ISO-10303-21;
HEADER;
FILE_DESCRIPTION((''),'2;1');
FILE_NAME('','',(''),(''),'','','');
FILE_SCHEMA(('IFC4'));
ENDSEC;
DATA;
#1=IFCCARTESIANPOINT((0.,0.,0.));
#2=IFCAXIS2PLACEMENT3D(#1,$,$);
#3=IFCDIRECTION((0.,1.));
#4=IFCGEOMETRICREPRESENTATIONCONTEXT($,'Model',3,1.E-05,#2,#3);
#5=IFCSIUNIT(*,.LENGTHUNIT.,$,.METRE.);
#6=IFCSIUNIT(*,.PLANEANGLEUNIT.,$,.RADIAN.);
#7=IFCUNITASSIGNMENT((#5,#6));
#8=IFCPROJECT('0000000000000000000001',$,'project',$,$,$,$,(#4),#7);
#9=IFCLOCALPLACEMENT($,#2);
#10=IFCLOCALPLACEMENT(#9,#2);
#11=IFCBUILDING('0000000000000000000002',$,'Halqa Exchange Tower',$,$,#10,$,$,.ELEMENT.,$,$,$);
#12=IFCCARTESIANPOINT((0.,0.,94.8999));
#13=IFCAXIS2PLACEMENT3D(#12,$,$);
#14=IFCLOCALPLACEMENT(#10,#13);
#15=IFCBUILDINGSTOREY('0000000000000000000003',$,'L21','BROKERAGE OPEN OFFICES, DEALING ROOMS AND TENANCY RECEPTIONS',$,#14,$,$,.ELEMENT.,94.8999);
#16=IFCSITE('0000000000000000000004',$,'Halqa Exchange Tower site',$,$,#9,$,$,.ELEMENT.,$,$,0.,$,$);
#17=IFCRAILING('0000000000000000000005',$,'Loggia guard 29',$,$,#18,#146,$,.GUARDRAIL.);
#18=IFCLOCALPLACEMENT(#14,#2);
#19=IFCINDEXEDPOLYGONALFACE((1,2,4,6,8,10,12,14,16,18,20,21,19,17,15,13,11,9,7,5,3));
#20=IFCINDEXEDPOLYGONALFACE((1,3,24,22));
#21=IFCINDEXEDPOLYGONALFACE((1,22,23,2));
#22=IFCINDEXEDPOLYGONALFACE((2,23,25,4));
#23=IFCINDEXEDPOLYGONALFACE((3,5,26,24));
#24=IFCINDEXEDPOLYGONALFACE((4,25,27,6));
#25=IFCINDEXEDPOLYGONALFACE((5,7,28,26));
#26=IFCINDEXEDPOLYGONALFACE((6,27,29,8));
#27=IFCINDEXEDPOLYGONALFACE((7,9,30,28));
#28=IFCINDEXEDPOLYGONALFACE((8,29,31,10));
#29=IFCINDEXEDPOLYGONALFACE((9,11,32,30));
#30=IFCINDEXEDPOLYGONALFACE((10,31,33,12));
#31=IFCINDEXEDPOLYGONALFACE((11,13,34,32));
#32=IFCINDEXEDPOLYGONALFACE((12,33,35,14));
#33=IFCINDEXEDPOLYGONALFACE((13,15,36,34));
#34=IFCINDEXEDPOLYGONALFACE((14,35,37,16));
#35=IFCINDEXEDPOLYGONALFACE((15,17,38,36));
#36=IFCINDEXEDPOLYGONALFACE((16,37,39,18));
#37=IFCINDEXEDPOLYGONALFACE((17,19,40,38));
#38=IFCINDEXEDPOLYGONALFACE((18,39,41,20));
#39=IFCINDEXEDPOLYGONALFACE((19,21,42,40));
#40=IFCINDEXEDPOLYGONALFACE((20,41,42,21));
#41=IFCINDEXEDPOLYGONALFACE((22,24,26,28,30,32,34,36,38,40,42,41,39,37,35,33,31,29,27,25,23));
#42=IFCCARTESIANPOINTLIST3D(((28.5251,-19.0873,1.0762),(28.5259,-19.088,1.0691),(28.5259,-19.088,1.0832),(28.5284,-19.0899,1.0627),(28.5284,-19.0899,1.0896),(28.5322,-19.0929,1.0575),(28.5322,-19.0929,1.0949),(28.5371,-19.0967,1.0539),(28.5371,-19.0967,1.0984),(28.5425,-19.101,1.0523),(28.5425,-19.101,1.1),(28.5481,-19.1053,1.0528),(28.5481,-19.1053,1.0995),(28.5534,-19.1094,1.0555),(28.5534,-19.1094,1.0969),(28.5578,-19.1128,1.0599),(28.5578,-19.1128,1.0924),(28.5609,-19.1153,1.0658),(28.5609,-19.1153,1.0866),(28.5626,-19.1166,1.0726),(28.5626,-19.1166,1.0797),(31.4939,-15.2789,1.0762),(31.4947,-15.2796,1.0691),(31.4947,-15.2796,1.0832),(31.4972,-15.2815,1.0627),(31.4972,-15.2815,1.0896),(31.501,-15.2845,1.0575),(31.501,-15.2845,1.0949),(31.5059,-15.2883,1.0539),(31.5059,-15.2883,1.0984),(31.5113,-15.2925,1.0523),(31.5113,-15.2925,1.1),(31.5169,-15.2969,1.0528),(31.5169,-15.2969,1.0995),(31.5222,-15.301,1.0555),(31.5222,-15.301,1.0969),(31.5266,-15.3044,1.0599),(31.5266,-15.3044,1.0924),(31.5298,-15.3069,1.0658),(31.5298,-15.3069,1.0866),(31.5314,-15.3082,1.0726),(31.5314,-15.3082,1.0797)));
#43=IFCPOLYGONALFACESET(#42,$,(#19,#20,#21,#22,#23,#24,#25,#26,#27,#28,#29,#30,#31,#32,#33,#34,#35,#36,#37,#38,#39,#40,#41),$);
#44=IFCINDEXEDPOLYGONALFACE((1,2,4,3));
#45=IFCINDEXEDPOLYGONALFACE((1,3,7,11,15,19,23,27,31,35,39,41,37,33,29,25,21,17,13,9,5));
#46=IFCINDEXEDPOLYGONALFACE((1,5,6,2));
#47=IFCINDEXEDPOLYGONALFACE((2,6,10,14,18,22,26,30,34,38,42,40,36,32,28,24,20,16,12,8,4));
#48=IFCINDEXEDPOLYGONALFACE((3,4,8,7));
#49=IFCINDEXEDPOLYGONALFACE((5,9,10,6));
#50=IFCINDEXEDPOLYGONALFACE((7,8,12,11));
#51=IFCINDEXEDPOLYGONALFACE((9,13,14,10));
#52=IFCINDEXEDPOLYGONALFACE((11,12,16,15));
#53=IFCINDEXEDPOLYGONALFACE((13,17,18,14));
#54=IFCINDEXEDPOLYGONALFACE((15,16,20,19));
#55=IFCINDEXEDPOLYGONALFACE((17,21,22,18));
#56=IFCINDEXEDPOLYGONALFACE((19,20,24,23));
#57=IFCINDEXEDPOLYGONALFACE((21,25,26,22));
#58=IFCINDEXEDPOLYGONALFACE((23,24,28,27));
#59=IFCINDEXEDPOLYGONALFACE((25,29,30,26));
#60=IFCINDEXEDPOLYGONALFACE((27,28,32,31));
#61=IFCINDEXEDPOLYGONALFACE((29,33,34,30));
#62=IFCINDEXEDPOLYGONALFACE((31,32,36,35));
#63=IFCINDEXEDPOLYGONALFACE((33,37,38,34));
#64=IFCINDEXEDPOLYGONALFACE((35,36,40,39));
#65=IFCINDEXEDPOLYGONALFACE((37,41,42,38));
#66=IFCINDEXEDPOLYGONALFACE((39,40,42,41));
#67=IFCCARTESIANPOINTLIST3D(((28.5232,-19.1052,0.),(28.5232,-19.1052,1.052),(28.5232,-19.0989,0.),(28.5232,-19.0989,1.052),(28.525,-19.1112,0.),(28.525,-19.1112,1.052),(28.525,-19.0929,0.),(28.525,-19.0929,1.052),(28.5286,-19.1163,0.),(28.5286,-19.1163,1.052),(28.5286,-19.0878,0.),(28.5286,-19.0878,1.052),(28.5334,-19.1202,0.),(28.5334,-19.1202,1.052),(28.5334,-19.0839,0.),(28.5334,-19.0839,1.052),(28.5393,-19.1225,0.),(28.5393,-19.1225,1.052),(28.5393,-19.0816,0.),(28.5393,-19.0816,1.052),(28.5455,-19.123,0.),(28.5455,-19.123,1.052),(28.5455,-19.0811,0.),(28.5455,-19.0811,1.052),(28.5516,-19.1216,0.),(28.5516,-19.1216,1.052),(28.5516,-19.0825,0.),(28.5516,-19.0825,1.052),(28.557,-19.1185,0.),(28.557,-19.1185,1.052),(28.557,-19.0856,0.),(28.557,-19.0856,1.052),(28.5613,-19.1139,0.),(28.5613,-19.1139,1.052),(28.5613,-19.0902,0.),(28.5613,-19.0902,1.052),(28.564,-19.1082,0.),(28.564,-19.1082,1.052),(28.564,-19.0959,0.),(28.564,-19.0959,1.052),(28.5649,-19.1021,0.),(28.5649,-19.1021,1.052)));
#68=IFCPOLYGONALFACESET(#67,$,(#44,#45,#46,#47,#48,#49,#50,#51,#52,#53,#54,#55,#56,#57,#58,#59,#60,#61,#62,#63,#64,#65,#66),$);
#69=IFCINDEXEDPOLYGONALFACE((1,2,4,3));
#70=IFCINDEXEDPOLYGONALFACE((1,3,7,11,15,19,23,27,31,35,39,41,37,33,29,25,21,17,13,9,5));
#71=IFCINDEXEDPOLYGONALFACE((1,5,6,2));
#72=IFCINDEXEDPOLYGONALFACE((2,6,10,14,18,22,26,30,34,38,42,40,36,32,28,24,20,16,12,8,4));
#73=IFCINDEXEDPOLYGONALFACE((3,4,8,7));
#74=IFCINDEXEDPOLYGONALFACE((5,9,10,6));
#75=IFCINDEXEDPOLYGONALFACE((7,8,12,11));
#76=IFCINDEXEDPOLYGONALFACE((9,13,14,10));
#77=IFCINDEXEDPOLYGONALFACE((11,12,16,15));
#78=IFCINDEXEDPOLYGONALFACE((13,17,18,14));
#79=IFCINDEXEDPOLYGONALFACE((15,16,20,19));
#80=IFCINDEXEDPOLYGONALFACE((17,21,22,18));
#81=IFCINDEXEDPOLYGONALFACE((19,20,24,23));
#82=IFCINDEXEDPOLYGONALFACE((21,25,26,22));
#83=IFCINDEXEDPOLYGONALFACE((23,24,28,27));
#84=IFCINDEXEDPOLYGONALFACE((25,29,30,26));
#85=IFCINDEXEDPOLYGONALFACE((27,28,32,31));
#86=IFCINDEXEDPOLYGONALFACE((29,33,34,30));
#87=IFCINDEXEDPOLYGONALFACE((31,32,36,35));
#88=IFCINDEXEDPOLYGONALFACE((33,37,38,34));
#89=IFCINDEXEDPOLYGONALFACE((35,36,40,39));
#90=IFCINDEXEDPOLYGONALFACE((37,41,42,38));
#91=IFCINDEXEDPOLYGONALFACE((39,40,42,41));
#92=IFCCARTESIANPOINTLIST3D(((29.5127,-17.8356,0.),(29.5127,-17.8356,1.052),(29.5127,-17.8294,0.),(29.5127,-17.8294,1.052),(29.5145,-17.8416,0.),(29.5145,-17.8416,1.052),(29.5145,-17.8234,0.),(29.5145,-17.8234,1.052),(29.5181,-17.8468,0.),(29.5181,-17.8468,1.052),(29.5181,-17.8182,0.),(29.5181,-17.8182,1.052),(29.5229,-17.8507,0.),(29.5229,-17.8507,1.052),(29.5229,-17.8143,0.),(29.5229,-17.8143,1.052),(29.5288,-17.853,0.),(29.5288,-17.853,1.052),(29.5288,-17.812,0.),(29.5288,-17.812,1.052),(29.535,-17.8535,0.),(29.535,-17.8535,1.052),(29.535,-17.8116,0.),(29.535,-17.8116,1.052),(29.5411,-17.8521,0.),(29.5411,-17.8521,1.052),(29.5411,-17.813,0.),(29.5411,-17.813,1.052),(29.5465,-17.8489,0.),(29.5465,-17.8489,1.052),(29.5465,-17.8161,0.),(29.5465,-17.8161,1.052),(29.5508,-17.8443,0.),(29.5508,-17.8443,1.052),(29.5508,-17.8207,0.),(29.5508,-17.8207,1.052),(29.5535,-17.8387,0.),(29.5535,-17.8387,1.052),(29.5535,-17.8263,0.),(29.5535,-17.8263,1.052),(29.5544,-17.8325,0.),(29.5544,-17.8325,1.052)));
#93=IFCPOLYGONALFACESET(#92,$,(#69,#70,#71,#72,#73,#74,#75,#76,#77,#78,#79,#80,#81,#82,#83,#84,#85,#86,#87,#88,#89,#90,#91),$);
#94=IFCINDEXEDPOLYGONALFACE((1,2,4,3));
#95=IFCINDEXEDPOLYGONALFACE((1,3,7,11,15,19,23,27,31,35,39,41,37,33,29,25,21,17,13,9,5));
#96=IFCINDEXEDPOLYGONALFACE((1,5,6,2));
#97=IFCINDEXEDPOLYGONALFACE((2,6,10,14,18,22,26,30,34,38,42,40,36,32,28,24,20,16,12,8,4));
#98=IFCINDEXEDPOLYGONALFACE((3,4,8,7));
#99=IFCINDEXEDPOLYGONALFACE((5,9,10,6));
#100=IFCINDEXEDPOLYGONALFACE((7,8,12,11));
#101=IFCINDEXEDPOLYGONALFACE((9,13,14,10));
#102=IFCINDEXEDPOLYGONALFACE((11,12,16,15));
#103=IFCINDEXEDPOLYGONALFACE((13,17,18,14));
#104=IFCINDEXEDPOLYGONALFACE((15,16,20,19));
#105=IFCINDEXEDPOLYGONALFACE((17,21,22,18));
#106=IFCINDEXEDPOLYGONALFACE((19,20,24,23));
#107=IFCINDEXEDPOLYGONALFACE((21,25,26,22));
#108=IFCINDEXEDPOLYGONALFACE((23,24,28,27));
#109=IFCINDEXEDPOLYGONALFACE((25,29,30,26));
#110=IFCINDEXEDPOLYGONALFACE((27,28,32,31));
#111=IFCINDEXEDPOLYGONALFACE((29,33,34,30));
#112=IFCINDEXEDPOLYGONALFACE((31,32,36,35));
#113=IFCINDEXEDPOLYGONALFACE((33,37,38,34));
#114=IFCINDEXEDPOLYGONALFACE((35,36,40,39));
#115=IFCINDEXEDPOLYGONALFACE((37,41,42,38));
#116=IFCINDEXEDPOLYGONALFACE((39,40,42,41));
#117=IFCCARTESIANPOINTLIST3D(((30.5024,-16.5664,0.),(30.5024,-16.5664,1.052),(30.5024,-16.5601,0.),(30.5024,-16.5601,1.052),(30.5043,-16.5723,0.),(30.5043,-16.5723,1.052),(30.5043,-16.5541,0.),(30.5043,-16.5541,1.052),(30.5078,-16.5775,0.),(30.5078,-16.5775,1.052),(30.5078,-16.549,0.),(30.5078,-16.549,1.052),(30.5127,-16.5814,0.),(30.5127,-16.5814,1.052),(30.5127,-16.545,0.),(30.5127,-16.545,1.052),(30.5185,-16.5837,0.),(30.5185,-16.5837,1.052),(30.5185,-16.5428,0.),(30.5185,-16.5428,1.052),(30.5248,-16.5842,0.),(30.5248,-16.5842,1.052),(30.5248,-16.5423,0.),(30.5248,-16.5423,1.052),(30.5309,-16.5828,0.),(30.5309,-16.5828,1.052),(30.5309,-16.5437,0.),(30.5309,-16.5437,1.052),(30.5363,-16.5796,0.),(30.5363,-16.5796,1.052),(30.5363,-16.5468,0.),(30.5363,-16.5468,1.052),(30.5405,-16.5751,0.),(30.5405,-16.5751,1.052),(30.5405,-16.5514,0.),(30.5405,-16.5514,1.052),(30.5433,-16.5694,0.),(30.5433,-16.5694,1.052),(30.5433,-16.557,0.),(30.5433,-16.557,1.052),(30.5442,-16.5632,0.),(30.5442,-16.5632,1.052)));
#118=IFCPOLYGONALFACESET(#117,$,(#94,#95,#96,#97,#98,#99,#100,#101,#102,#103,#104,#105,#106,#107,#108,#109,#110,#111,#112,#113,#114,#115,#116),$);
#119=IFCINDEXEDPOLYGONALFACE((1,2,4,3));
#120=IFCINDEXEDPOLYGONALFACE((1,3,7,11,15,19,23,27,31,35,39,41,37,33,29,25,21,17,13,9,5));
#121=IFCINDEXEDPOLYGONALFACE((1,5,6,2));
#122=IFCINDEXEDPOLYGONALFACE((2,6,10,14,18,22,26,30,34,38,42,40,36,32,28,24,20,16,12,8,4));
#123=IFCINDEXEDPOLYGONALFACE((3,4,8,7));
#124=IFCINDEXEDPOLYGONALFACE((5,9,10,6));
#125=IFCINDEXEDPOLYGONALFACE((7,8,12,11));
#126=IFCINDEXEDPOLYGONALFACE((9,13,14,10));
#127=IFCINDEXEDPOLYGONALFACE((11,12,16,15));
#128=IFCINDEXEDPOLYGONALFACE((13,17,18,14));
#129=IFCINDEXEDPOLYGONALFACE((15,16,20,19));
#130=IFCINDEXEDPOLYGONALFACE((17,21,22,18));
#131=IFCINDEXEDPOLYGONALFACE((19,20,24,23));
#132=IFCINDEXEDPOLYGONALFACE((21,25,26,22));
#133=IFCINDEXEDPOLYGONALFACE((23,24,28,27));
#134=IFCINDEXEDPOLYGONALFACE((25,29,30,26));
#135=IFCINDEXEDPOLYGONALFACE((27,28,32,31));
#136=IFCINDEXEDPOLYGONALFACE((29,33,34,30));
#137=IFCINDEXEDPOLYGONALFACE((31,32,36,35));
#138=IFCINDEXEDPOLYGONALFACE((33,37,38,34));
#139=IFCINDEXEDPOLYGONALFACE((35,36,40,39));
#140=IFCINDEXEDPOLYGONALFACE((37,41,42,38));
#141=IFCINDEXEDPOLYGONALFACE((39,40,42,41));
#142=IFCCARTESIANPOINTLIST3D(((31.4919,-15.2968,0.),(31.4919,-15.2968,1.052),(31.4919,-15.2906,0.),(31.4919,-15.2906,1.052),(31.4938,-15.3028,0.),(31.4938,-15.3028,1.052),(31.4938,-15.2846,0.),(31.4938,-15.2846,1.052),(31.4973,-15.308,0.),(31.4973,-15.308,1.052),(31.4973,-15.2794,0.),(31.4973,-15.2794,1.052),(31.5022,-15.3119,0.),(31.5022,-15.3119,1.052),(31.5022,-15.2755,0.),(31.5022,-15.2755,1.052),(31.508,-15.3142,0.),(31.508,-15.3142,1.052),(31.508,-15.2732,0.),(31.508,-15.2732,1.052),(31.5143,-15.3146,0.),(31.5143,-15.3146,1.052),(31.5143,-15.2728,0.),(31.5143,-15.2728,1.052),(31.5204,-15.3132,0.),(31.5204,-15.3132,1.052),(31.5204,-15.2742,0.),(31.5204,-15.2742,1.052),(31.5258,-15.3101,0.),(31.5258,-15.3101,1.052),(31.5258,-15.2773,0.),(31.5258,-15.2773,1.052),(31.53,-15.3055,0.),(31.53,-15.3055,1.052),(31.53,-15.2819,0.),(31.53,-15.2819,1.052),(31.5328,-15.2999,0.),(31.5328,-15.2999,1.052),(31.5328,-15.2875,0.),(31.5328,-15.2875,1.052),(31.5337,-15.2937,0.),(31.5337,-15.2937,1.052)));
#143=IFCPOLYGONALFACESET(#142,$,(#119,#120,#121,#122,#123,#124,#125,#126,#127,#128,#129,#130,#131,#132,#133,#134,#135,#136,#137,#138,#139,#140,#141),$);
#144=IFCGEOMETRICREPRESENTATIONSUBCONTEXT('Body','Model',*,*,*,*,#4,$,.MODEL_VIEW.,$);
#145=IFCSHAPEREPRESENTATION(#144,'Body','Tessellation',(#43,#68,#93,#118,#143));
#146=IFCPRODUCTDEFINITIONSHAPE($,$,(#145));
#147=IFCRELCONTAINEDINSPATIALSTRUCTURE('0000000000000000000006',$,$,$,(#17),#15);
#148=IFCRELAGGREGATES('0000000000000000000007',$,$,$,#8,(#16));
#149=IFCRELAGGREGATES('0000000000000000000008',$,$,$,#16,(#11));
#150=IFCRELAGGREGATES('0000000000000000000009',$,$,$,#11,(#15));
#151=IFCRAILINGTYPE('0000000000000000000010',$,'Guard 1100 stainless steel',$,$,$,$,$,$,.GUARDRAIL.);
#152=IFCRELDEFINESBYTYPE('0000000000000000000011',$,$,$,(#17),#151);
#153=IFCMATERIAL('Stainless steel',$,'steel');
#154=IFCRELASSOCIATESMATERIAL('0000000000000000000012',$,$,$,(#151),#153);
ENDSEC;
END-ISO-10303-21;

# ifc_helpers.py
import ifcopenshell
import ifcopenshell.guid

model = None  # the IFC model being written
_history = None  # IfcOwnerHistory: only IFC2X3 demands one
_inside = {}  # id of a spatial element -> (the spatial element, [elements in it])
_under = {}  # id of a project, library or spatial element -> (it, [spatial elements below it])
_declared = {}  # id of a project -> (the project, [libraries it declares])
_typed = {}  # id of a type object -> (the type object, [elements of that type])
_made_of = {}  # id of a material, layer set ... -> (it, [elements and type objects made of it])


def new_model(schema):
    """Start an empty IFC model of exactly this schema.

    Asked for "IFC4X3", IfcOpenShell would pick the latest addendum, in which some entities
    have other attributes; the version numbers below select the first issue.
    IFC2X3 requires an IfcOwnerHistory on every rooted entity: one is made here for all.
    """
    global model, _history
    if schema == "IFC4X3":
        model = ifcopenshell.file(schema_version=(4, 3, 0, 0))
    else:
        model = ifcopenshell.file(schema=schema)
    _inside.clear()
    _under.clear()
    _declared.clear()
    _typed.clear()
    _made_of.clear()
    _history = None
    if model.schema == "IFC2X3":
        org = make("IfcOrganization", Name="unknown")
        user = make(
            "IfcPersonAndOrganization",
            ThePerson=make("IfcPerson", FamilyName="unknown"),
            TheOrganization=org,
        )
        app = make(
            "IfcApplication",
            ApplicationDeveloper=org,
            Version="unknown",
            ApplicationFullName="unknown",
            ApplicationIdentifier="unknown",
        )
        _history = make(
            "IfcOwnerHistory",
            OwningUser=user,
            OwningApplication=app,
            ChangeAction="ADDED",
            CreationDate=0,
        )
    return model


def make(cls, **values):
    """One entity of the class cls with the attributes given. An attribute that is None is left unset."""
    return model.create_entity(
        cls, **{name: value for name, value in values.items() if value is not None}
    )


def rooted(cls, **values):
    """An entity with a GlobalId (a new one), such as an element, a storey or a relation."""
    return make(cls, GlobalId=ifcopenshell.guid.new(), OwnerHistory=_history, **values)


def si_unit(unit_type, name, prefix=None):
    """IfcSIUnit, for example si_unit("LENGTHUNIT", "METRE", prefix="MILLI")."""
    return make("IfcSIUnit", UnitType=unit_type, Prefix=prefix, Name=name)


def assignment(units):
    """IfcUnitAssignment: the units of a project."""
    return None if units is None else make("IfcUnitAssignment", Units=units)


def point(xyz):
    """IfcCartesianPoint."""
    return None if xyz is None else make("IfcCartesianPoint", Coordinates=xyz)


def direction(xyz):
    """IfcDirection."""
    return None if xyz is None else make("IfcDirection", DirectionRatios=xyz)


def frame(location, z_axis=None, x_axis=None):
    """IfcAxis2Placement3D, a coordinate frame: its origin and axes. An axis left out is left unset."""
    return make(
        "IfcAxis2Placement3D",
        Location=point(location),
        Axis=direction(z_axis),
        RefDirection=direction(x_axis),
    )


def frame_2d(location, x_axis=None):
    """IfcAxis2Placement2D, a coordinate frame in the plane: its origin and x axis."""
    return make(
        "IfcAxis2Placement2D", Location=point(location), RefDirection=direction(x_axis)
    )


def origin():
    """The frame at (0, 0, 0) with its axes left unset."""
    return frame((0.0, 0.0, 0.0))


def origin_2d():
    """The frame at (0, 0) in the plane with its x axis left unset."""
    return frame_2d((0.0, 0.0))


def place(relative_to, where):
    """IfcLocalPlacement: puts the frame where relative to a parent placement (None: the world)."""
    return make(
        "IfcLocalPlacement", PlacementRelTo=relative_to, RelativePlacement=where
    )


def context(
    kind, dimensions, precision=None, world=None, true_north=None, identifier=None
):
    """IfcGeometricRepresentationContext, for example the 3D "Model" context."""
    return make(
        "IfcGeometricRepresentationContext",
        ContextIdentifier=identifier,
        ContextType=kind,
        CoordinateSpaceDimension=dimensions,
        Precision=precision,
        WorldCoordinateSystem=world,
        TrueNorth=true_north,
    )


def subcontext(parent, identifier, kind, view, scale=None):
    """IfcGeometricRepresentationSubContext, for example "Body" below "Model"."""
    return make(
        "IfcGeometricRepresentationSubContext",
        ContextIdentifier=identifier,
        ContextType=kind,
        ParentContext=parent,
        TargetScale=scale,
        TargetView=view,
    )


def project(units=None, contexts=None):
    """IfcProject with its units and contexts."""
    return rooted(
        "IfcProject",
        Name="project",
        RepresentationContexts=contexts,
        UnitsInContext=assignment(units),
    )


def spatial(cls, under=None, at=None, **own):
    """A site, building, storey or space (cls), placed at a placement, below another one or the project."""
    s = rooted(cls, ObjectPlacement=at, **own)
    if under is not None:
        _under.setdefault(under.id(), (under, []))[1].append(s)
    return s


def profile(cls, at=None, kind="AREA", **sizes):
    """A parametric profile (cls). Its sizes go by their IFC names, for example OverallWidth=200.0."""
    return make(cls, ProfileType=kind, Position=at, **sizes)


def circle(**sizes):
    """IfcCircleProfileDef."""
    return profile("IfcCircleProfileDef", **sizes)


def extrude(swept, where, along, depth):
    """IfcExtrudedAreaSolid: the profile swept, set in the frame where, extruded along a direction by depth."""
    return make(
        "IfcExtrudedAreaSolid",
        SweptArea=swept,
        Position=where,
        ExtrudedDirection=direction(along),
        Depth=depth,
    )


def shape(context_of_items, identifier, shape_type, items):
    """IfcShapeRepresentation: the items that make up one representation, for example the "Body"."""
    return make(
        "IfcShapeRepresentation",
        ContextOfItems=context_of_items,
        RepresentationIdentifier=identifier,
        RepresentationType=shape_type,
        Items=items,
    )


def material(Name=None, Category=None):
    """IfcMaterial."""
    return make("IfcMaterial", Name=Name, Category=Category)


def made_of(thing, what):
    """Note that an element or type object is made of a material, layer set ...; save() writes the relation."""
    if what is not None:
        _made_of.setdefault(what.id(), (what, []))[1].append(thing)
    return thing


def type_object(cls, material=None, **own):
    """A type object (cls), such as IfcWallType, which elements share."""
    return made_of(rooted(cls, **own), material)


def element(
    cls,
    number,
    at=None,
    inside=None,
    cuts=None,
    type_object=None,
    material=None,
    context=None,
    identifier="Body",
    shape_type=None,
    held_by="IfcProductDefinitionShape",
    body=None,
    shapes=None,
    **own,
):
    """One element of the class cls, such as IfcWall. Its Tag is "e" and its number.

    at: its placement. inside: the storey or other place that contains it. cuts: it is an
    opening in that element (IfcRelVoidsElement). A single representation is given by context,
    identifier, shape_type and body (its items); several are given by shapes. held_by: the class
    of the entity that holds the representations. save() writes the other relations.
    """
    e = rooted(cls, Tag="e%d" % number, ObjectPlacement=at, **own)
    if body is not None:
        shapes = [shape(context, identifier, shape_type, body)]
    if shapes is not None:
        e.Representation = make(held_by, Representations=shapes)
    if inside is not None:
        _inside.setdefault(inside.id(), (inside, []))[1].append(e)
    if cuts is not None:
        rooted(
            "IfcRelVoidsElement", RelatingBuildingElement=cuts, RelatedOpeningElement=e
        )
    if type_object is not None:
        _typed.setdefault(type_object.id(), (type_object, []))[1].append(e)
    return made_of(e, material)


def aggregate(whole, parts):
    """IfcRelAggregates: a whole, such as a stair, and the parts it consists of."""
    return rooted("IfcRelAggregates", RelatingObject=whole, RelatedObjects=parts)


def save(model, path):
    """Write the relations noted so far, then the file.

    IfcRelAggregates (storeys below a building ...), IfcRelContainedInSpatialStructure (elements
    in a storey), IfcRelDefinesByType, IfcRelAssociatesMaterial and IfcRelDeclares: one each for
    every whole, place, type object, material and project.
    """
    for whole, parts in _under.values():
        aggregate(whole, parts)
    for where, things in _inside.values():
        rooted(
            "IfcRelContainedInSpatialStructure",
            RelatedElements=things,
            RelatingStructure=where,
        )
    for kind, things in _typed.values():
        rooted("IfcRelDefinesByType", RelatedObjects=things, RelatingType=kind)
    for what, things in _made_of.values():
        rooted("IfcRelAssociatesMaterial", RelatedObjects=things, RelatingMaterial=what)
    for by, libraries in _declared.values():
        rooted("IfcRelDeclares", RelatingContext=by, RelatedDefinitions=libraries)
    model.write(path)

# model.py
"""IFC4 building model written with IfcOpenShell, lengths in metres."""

from ifc_helpers import new_model, si_unit, direction, frame, origin, origin_2d, place, context, subcontext, project, spatial, circle, extrude, material, type_object, element, save


model = new_model("IFC4")

# Units and contexts
model_context = context("Model", 3, precision=1e-05, world=origin(), true_north=direction((0.0, 1.0)))
body_context = subcontext(model_context, "Body", "Model", "MODEL_VIEW")
ifc_project = project(units=[si_unit("LENGTHUNIT", "METRE"), si_unit("PLANEANGLEUNIT", "RADIAN")], contexts=[model_context])

# Site, building, storey
site_placement = place(None, origin())
site = spatial("IfcSite", under=ifc_project, at=site_placement, Name="Halqa Exchange Tower site", CompositionType="ELEMENT", RefElevation=0.0)
building_placement = place(site_placement, origin())
building = spatial("IfcBuilding", under=site, at=building_placement, Name="Halqa Exchange Tower", CompositionType="ELEMENT")
storey_placement = place(building_placement, frame((0.0, 0.0, 94.8999)))
storey = spatial("IfcBuildingStorey", under=building, at=storey_placement, Name="L21", Description="BROKERAGE OPEN OFFICES, DEALING ROOMS AND TENANCY RECEPTIONS", CompositionType="ELEMENT", Elevation=94.8999)

# Railing
ifc_material_1 = material(Name="Stainless steel", Category="steel")
railing_type = type_object("IfcRailingType", Name="Guard 1100 stainless steel", PredefinedType="GUARDRAIL", material=ifc_material_1)
railing_1_placement = place(storey_placement, frame((28.5439, -19.1021, 0.0)))
element("IfcRailing", 1, at=railing_1_placement, inside=storey, type_object=railing_type, Name="Loggia guard 29", PredefinedType="GUARDRAIL", context=body_context, shape_type="SweptSolid", body=[
    extrude(circle(Radius=0.0239, at=origin_2d()), frame((0.0, 0.0, 1.0762), z_axis=(0.614805, 0.788679, 0.0), x_axis=(-0.788679, 0.614805, 0.0)), (0.0, 0.0, 1.0), 4.8289),
    extrude(circle(Radius=0.021, at=origin_2d()), origin(), (0.0, 0.0, 1.0), 1.052),
    extrude(circle(Radius=0.021, at=origin_2d()), frame((0.9895, 1.2695, 0.0)), (0.0, 0.0, 1.0), 1.052),
    extrude(circle(Radius=0.021, at=origin_2d()), frame((1.9792, 2.5388, 0.0)), (0.0, 0.0, 1.0), 1.052),
    extrude(circle(Radius=0.021, at=origin_2d()), frame((2.9688, 3.8083, 0.0)), (0.0, 0.0, 1.0), 1.052),
])

save(model, "model.ifc")
